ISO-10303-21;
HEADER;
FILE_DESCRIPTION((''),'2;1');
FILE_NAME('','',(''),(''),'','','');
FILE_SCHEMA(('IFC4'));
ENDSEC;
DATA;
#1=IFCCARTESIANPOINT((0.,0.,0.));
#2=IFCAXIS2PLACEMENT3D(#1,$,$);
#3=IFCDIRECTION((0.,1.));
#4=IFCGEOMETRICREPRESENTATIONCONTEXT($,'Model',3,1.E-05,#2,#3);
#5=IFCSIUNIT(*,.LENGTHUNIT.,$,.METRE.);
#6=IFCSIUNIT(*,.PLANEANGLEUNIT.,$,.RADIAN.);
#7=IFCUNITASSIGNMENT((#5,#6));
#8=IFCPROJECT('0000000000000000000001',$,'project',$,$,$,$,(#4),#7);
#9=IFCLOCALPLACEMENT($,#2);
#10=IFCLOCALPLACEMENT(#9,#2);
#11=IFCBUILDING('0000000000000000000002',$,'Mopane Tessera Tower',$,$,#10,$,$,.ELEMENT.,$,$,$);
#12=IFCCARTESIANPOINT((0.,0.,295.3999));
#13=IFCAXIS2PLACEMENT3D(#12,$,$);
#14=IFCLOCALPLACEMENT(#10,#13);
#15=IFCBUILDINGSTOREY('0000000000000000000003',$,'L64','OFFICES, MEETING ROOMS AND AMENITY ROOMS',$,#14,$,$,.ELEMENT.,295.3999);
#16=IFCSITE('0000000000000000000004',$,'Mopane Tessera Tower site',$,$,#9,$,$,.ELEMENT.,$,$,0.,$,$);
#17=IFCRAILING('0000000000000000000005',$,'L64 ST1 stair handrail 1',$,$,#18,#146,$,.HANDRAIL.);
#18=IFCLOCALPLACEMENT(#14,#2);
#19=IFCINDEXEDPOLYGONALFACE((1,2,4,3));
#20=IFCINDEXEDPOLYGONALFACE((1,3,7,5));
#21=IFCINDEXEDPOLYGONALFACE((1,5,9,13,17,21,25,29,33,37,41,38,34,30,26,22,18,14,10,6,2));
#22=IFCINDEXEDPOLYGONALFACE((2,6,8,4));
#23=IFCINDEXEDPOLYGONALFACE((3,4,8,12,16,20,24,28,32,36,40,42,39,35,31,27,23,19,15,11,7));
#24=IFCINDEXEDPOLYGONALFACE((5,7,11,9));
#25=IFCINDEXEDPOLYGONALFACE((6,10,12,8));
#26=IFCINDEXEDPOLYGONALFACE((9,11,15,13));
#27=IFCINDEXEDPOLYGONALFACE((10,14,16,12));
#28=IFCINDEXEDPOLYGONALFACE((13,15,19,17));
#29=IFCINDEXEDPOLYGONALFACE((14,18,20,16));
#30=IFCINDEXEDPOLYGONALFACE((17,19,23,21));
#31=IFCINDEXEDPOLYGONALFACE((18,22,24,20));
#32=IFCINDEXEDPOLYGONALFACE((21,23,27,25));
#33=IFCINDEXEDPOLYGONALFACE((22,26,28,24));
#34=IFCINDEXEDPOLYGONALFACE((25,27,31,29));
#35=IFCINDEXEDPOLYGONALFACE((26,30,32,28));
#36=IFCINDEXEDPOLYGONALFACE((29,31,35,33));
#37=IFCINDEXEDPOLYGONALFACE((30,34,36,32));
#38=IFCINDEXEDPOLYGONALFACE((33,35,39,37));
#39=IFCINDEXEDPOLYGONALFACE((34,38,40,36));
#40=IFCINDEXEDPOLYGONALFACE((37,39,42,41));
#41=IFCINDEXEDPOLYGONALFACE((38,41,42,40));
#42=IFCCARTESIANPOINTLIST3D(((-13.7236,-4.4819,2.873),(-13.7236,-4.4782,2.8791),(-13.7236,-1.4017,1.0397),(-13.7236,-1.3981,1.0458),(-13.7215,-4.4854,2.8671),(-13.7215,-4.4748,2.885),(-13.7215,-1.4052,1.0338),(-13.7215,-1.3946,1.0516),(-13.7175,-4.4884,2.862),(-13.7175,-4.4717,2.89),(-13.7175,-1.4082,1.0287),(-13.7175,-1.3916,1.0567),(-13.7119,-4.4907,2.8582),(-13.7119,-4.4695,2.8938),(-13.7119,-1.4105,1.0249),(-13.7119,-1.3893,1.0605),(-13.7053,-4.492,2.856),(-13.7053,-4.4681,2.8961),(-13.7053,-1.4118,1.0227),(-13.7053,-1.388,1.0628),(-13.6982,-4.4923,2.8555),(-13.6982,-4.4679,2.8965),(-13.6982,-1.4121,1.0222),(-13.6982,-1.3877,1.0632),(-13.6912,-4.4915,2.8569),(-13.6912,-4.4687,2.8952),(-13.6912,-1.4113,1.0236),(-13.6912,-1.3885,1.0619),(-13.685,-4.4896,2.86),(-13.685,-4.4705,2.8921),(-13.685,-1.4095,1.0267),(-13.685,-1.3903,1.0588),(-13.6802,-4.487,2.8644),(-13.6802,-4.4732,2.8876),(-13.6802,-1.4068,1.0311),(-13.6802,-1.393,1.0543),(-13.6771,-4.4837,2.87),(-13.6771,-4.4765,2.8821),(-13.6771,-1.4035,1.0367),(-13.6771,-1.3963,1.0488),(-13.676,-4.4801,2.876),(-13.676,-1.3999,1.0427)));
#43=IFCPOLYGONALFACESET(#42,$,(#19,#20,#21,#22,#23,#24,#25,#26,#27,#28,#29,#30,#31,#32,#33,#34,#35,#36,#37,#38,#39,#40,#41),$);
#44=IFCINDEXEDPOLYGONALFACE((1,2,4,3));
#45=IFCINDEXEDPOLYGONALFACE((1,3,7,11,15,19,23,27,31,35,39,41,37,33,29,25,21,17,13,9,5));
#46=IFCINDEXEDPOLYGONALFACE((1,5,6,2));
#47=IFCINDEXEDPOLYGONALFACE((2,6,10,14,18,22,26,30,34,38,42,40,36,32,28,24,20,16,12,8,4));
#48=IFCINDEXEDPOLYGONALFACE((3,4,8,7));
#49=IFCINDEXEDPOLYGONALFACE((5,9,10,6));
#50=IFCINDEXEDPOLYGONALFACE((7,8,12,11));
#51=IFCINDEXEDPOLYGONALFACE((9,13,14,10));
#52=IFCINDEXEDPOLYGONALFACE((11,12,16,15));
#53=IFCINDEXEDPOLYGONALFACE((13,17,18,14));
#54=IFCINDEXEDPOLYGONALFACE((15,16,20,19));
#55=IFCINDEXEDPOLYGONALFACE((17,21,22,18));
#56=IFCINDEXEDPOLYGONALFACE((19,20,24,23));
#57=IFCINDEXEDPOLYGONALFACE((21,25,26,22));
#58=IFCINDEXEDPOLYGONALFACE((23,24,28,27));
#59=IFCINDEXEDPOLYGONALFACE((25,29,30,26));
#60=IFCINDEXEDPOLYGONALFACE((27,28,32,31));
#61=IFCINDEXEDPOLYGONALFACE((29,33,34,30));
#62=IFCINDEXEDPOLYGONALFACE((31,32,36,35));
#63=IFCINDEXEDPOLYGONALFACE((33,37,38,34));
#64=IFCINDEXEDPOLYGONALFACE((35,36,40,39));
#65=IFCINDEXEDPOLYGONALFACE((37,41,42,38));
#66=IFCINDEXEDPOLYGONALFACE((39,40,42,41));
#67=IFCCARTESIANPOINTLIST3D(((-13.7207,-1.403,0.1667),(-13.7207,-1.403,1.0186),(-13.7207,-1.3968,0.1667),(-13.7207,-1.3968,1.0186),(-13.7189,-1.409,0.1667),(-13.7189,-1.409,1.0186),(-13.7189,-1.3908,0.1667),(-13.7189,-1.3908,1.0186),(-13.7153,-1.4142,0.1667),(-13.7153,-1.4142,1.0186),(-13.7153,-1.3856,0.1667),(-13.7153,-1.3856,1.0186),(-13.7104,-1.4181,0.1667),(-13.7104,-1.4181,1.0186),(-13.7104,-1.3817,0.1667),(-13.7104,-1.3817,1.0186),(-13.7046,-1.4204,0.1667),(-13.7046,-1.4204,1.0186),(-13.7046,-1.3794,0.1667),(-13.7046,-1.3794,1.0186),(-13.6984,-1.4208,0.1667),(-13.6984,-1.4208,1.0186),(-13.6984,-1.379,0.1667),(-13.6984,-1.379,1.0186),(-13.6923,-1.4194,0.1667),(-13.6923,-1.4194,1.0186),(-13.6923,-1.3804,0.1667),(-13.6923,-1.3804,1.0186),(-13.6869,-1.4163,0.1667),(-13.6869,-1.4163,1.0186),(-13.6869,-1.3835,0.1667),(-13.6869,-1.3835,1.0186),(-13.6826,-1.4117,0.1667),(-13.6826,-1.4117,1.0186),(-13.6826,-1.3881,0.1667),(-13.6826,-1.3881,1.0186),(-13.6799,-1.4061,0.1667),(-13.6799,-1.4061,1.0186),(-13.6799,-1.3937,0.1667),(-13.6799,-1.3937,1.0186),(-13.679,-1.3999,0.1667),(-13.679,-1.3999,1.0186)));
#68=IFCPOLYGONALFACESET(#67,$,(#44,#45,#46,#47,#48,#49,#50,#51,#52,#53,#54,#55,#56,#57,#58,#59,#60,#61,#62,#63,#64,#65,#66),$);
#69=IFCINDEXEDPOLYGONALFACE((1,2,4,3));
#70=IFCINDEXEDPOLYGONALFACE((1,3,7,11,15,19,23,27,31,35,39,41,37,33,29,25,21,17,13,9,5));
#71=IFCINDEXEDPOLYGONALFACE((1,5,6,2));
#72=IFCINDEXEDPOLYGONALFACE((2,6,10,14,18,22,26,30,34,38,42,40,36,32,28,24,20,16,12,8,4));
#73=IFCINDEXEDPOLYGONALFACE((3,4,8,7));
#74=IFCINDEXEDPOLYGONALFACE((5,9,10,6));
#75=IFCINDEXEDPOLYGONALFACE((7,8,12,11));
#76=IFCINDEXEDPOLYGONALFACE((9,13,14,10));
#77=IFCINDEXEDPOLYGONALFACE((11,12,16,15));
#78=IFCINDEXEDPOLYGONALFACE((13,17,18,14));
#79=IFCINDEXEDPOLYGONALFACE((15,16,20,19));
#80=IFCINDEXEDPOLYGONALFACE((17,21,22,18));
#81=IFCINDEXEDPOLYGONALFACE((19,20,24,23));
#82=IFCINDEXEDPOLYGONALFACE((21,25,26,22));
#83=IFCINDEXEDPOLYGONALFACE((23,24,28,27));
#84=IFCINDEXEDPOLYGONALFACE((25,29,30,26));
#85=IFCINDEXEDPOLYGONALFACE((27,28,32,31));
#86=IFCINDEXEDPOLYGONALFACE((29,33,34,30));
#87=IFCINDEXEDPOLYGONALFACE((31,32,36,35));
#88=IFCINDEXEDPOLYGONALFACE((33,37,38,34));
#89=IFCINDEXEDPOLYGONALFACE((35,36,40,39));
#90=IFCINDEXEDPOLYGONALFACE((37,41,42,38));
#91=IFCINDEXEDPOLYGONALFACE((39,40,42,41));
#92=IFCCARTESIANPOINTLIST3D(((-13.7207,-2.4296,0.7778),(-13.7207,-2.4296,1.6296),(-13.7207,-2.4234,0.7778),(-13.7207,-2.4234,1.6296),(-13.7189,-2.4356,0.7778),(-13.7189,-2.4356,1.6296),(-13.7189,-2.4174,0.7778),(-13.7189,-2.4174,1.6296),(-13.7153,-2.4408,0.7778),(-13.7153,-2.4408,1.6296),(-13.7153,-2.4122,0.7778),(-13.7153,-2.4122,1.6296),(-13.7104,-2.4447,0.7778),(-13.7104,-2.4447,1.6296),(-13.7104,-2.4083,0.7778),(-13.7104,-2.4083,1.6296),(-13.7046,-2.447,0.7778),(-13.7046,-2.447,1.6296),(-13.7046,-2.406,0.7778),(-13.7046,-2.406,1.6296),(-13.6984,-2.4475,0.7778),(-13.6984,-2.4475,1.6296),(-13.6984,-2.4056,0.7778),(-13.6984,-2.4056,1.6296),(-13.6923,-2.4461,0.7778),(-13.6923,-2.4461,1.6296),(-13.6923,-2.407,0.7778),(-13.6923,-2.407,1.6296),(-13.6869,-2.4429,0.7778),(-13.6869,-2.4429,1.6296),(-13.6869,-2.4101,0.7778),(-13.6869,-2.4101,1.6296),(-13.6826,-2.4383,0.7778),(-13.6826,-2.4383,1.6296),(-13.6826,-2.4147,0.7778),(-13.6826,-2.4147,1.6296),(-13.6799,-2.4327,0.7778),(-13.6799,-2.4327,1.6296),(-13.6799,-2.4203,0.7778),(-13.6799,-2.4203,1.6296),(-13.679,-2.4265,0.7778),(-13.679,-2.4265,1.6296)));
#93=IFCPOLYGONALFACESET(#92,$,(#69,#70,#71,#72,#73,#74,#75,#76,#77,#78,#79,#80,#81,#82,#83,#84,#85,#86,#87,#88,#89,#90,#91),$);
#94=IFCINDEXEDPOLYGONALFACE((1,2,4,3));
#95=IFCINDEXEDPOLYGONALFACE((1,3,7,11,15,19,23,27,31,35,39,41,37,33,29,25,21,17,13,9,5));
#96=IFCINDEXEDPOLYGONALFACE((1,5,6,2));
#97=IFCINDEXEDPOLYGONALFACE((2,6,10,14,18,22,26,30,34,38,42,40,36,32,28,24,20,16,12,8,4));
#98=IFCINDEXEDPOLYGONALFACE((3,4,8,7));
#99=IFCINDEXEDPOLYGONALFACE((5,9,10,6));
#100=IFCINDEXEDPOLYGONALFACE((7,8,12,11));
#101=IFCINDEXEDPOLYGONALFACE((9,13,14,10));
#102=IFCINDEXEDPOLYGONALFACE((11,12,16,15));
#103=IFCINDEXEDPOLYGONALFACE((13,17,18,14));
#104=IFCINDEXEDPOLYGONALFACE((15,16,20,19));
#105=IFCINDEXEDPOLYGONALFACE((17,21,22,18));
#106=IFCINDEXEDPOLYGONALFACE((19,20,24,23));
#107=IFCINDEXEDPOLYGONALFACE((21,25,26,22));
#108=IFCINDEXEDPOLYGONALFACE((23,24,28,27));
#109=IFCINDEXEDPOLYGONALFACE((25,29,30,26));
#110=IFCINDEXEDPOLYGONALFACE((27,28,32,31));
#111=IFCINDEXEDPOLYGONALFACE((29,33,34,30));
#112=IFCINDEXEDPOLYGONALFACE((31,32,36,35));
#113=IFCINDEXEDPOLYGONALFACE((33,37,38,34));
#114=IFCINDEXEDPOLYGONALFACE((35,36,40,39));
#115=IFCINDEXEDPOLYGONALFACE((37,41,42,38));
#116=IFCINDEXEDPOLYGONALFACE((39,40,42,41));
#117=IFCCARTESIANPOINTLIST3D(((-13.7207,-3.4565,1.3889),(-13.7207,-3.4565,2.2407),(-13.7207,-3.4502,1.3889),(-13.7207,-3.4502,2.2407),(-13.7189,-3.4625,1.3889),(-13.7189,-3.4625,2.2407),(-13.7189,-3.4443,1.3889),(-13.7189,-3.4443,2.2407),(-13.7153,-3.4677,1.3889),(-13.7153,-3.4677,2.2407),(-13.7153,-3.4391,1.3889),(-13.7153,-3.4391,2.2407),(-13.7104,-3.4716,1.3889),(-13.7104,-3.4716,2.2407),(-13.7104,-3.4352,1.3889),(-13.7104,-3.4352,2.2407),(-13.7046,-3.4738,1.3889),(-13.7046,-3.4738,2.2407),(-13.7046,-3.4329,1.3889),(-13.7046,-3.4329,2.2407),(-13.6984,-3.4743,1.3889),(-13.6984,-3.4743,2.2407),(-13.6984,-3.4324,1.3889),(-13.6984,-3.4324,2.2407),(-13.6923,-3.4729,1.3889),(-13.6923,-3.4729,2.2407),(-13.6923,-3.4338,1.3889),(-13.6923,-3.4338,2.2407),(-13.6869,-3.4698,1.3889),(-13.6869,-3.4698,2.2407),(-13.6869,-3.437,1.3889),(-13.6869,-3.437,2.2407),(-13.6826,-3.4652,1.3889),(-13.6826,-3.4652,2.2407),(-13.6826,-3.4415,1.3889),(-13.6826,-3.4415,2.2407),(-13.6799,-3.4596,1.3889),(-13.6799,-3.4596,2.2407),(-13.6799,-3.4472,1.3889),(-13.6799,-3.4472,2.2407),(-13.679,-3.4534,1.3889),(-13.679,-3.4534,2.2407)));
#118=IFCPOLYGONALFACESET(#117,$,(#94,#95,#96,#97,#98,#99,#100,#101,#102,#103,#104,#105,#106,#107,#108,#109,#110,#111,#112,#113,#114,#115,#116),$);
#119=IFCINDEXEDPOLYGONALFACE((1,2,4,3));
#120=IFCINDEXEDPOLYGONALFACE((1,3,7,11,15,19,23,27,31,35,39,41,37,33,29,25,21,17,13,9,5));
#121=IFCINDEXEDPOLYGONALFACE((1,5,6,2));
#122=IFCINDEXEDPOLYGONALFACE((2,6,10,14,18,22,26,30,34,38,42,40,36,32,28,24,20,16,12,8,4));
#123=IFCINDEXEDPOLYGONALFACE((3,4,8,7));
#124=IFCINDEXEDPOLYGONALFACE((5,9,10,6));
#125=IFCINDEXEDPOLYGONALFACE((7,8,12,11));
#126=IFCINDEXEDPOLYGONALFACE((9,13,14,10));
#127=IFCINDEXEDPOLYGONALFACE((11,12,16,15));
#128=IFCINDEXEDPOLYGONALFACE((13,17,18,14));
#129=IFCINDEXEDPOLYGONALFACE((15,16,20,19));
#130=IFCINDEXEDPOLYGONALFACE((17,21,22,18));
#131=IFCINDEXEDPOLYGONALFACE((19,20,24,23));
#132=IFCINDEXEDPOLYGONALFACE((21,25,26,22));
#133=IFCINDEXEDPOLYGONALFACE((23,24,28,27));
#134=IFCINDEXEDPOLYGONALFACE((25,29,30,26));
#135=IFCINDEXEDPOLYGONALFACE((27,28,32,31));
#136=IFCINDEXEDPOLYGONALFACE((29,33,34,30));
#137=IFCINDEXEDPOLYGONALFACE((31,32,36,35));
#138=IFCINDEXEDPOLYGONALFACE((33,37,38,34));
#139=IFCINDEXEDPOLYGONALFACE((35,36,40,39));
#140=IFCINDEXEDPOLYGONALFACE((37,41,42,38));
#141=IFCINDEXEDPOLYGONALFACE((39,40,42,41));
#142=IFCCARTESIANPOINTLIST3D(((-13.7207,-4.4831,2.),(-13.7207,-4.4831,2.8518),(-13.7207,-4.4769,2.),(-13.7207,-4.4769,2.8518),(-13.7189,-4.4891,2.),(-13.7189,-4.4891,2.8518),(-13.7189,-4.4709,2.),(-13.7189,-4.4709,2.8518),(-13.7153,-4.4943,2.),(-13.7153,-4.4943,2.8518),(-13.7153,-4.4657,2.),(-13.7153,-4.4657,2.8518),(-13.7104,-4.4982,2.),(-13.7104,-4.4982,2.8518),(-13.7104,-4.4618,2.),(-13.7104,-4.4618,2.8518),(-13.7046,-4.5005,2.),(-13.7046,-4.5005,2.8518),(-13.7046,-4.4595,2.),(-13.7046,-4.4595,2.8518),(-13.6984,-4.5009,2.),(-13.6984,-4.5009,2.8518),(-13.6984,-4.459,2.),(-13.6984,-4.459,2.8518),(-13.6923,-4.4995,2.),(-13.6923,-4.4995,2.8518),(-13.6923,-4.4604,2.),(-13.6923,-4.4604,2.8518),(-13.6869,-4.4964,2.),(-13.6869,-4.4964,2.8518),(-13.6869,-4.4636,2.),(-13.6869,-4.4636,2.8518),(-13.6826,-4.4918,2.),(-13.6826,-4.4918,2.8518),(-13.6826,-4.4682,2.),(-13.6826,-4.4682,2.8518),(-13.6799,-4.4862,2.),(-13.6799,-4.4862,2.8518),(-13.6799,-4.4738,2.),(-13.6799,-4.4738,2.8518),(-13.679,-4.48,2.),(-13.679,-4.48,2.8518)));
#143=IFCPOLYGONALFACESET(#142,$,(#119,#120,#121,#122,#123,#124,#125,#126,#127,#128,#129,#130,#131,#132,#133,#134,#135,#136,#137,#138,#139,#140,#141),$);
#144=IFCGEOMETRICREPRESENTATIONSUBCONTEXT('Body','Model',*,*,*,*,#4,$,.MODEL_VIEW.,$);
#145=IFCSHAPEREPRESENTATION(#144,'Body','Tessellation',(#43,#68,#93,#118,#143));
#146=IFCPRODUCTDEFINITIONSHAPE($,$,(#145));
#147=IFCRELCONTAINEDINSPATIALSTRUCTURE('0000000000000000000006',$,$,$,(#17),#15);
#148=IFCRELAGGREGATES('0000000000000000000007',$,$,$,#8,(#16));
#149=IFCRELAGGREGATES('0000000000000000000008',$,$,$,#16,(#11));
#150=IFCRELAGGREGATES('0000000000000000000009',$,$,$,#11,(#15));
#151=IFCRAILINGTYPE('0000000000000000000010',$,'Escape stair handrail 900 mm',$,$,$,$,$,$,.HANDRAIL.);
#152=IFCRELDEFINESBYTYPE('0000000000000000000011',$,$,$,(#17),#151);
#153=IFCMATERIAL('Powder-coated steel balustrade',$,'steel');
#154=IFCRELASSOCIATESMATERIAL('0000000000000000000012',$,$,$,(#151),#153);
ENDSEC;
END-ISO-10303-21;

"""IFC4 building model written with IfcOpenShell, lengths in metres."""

from ifc_helpers import new_model, si_unit, direction, frame, origin, origin_2d, place, context, subcontext, project, spatial, circle, extrude, material, type_object, element, save


model = new_model("IFC4")

# Units and contexts
model_context = context("Model", 3, precision=1e-05, world=origin(), true_north=direction((0.0, 1.0)))
body_context = subcontext(model_context, "Body", "Model", "MODEL_VIEW")
ifc_project = project(units=[si_unit("LENGTHUNIT", "METRE"), si_unit("PLANEANGLEUNIT", "RADIAN")], contexts=[model_context])

# Site, building, storey
site_placement = place(None, origin())
site = spatial("IfcSite", under=ifc_project, at=site_placement, Name="Mopane Tessera Tower site", CompositionType="ELEMENT", RefElevation=0.0)
building_placement = place(site_placement, origin())
building = spatial("IfcBuilding", under=site, at=building_placement, Name="Mopane Tessera Tower", CompositionType="ELEMENT")
storey_placement = place(building_placement, frame((0.0, 0.0, 295.3999)))
storey = spatial("IfcBuildingStorey", under=building, at=storey_placement, Name="L64", Description="OFFICES, MEETING ROOMS AND AMENITY ROOMS", CompositionType="ELEMENT", Elevation=295.3999)

# Railing
ifc_material_1 = material(Name="Powder-coated steel balustrade", Category="steel")
railing_type_1 = type_object("IfcRailingType", Name="Escape stair handrail 900 mm", PredefinedType="HANDRAIL", material=ifc_material_1)
railing_1_placement = place(storey_placement, frame((-13.7, -1.3999, 0.1667)))
element("IfcRailing", 1, at=railing_1_placement, inside=storey, type_object=railing_type_1, Name="L64 ST1 stair handrail 1", PredefinedType="HANDRAIL", context=body_context, shape_type="SweptSolid", body=[
    extrude(circle(Radius=0.0239, at=origin_2d()), frame((0.0, 0.0, 0.876), z_axis=(0.0, -0.859309, 0.511458), x_axis=(1.0, 0.0, 0.0)), (0.0, 0.0, 1.0), 3.5845),
    extrude(circle(Radius=0.021, at=origin_2d()), origin(), (0.0, 0.0, 1.0), 0.8518),
    extrude(circle(Radius=0.021, at=origin_2d()), frame((0.0, -1.0266, 0.6111)), (0.0, 0.0, 1.0), 0.8518),
    extrude(circle(Radius=0.021, at=origin_2d()), frame((0.0, -2.0535, 1.2222)), (0.0, 0.0, 1.0), 0.8518),
    extrude(circle(Radius=0.021, at=origin_2d()), frame((0.0, -3.0801, 1.8333)), (0.0, 0.0, 1.0), 0.8518),
])

save(model, "model.ifc")
